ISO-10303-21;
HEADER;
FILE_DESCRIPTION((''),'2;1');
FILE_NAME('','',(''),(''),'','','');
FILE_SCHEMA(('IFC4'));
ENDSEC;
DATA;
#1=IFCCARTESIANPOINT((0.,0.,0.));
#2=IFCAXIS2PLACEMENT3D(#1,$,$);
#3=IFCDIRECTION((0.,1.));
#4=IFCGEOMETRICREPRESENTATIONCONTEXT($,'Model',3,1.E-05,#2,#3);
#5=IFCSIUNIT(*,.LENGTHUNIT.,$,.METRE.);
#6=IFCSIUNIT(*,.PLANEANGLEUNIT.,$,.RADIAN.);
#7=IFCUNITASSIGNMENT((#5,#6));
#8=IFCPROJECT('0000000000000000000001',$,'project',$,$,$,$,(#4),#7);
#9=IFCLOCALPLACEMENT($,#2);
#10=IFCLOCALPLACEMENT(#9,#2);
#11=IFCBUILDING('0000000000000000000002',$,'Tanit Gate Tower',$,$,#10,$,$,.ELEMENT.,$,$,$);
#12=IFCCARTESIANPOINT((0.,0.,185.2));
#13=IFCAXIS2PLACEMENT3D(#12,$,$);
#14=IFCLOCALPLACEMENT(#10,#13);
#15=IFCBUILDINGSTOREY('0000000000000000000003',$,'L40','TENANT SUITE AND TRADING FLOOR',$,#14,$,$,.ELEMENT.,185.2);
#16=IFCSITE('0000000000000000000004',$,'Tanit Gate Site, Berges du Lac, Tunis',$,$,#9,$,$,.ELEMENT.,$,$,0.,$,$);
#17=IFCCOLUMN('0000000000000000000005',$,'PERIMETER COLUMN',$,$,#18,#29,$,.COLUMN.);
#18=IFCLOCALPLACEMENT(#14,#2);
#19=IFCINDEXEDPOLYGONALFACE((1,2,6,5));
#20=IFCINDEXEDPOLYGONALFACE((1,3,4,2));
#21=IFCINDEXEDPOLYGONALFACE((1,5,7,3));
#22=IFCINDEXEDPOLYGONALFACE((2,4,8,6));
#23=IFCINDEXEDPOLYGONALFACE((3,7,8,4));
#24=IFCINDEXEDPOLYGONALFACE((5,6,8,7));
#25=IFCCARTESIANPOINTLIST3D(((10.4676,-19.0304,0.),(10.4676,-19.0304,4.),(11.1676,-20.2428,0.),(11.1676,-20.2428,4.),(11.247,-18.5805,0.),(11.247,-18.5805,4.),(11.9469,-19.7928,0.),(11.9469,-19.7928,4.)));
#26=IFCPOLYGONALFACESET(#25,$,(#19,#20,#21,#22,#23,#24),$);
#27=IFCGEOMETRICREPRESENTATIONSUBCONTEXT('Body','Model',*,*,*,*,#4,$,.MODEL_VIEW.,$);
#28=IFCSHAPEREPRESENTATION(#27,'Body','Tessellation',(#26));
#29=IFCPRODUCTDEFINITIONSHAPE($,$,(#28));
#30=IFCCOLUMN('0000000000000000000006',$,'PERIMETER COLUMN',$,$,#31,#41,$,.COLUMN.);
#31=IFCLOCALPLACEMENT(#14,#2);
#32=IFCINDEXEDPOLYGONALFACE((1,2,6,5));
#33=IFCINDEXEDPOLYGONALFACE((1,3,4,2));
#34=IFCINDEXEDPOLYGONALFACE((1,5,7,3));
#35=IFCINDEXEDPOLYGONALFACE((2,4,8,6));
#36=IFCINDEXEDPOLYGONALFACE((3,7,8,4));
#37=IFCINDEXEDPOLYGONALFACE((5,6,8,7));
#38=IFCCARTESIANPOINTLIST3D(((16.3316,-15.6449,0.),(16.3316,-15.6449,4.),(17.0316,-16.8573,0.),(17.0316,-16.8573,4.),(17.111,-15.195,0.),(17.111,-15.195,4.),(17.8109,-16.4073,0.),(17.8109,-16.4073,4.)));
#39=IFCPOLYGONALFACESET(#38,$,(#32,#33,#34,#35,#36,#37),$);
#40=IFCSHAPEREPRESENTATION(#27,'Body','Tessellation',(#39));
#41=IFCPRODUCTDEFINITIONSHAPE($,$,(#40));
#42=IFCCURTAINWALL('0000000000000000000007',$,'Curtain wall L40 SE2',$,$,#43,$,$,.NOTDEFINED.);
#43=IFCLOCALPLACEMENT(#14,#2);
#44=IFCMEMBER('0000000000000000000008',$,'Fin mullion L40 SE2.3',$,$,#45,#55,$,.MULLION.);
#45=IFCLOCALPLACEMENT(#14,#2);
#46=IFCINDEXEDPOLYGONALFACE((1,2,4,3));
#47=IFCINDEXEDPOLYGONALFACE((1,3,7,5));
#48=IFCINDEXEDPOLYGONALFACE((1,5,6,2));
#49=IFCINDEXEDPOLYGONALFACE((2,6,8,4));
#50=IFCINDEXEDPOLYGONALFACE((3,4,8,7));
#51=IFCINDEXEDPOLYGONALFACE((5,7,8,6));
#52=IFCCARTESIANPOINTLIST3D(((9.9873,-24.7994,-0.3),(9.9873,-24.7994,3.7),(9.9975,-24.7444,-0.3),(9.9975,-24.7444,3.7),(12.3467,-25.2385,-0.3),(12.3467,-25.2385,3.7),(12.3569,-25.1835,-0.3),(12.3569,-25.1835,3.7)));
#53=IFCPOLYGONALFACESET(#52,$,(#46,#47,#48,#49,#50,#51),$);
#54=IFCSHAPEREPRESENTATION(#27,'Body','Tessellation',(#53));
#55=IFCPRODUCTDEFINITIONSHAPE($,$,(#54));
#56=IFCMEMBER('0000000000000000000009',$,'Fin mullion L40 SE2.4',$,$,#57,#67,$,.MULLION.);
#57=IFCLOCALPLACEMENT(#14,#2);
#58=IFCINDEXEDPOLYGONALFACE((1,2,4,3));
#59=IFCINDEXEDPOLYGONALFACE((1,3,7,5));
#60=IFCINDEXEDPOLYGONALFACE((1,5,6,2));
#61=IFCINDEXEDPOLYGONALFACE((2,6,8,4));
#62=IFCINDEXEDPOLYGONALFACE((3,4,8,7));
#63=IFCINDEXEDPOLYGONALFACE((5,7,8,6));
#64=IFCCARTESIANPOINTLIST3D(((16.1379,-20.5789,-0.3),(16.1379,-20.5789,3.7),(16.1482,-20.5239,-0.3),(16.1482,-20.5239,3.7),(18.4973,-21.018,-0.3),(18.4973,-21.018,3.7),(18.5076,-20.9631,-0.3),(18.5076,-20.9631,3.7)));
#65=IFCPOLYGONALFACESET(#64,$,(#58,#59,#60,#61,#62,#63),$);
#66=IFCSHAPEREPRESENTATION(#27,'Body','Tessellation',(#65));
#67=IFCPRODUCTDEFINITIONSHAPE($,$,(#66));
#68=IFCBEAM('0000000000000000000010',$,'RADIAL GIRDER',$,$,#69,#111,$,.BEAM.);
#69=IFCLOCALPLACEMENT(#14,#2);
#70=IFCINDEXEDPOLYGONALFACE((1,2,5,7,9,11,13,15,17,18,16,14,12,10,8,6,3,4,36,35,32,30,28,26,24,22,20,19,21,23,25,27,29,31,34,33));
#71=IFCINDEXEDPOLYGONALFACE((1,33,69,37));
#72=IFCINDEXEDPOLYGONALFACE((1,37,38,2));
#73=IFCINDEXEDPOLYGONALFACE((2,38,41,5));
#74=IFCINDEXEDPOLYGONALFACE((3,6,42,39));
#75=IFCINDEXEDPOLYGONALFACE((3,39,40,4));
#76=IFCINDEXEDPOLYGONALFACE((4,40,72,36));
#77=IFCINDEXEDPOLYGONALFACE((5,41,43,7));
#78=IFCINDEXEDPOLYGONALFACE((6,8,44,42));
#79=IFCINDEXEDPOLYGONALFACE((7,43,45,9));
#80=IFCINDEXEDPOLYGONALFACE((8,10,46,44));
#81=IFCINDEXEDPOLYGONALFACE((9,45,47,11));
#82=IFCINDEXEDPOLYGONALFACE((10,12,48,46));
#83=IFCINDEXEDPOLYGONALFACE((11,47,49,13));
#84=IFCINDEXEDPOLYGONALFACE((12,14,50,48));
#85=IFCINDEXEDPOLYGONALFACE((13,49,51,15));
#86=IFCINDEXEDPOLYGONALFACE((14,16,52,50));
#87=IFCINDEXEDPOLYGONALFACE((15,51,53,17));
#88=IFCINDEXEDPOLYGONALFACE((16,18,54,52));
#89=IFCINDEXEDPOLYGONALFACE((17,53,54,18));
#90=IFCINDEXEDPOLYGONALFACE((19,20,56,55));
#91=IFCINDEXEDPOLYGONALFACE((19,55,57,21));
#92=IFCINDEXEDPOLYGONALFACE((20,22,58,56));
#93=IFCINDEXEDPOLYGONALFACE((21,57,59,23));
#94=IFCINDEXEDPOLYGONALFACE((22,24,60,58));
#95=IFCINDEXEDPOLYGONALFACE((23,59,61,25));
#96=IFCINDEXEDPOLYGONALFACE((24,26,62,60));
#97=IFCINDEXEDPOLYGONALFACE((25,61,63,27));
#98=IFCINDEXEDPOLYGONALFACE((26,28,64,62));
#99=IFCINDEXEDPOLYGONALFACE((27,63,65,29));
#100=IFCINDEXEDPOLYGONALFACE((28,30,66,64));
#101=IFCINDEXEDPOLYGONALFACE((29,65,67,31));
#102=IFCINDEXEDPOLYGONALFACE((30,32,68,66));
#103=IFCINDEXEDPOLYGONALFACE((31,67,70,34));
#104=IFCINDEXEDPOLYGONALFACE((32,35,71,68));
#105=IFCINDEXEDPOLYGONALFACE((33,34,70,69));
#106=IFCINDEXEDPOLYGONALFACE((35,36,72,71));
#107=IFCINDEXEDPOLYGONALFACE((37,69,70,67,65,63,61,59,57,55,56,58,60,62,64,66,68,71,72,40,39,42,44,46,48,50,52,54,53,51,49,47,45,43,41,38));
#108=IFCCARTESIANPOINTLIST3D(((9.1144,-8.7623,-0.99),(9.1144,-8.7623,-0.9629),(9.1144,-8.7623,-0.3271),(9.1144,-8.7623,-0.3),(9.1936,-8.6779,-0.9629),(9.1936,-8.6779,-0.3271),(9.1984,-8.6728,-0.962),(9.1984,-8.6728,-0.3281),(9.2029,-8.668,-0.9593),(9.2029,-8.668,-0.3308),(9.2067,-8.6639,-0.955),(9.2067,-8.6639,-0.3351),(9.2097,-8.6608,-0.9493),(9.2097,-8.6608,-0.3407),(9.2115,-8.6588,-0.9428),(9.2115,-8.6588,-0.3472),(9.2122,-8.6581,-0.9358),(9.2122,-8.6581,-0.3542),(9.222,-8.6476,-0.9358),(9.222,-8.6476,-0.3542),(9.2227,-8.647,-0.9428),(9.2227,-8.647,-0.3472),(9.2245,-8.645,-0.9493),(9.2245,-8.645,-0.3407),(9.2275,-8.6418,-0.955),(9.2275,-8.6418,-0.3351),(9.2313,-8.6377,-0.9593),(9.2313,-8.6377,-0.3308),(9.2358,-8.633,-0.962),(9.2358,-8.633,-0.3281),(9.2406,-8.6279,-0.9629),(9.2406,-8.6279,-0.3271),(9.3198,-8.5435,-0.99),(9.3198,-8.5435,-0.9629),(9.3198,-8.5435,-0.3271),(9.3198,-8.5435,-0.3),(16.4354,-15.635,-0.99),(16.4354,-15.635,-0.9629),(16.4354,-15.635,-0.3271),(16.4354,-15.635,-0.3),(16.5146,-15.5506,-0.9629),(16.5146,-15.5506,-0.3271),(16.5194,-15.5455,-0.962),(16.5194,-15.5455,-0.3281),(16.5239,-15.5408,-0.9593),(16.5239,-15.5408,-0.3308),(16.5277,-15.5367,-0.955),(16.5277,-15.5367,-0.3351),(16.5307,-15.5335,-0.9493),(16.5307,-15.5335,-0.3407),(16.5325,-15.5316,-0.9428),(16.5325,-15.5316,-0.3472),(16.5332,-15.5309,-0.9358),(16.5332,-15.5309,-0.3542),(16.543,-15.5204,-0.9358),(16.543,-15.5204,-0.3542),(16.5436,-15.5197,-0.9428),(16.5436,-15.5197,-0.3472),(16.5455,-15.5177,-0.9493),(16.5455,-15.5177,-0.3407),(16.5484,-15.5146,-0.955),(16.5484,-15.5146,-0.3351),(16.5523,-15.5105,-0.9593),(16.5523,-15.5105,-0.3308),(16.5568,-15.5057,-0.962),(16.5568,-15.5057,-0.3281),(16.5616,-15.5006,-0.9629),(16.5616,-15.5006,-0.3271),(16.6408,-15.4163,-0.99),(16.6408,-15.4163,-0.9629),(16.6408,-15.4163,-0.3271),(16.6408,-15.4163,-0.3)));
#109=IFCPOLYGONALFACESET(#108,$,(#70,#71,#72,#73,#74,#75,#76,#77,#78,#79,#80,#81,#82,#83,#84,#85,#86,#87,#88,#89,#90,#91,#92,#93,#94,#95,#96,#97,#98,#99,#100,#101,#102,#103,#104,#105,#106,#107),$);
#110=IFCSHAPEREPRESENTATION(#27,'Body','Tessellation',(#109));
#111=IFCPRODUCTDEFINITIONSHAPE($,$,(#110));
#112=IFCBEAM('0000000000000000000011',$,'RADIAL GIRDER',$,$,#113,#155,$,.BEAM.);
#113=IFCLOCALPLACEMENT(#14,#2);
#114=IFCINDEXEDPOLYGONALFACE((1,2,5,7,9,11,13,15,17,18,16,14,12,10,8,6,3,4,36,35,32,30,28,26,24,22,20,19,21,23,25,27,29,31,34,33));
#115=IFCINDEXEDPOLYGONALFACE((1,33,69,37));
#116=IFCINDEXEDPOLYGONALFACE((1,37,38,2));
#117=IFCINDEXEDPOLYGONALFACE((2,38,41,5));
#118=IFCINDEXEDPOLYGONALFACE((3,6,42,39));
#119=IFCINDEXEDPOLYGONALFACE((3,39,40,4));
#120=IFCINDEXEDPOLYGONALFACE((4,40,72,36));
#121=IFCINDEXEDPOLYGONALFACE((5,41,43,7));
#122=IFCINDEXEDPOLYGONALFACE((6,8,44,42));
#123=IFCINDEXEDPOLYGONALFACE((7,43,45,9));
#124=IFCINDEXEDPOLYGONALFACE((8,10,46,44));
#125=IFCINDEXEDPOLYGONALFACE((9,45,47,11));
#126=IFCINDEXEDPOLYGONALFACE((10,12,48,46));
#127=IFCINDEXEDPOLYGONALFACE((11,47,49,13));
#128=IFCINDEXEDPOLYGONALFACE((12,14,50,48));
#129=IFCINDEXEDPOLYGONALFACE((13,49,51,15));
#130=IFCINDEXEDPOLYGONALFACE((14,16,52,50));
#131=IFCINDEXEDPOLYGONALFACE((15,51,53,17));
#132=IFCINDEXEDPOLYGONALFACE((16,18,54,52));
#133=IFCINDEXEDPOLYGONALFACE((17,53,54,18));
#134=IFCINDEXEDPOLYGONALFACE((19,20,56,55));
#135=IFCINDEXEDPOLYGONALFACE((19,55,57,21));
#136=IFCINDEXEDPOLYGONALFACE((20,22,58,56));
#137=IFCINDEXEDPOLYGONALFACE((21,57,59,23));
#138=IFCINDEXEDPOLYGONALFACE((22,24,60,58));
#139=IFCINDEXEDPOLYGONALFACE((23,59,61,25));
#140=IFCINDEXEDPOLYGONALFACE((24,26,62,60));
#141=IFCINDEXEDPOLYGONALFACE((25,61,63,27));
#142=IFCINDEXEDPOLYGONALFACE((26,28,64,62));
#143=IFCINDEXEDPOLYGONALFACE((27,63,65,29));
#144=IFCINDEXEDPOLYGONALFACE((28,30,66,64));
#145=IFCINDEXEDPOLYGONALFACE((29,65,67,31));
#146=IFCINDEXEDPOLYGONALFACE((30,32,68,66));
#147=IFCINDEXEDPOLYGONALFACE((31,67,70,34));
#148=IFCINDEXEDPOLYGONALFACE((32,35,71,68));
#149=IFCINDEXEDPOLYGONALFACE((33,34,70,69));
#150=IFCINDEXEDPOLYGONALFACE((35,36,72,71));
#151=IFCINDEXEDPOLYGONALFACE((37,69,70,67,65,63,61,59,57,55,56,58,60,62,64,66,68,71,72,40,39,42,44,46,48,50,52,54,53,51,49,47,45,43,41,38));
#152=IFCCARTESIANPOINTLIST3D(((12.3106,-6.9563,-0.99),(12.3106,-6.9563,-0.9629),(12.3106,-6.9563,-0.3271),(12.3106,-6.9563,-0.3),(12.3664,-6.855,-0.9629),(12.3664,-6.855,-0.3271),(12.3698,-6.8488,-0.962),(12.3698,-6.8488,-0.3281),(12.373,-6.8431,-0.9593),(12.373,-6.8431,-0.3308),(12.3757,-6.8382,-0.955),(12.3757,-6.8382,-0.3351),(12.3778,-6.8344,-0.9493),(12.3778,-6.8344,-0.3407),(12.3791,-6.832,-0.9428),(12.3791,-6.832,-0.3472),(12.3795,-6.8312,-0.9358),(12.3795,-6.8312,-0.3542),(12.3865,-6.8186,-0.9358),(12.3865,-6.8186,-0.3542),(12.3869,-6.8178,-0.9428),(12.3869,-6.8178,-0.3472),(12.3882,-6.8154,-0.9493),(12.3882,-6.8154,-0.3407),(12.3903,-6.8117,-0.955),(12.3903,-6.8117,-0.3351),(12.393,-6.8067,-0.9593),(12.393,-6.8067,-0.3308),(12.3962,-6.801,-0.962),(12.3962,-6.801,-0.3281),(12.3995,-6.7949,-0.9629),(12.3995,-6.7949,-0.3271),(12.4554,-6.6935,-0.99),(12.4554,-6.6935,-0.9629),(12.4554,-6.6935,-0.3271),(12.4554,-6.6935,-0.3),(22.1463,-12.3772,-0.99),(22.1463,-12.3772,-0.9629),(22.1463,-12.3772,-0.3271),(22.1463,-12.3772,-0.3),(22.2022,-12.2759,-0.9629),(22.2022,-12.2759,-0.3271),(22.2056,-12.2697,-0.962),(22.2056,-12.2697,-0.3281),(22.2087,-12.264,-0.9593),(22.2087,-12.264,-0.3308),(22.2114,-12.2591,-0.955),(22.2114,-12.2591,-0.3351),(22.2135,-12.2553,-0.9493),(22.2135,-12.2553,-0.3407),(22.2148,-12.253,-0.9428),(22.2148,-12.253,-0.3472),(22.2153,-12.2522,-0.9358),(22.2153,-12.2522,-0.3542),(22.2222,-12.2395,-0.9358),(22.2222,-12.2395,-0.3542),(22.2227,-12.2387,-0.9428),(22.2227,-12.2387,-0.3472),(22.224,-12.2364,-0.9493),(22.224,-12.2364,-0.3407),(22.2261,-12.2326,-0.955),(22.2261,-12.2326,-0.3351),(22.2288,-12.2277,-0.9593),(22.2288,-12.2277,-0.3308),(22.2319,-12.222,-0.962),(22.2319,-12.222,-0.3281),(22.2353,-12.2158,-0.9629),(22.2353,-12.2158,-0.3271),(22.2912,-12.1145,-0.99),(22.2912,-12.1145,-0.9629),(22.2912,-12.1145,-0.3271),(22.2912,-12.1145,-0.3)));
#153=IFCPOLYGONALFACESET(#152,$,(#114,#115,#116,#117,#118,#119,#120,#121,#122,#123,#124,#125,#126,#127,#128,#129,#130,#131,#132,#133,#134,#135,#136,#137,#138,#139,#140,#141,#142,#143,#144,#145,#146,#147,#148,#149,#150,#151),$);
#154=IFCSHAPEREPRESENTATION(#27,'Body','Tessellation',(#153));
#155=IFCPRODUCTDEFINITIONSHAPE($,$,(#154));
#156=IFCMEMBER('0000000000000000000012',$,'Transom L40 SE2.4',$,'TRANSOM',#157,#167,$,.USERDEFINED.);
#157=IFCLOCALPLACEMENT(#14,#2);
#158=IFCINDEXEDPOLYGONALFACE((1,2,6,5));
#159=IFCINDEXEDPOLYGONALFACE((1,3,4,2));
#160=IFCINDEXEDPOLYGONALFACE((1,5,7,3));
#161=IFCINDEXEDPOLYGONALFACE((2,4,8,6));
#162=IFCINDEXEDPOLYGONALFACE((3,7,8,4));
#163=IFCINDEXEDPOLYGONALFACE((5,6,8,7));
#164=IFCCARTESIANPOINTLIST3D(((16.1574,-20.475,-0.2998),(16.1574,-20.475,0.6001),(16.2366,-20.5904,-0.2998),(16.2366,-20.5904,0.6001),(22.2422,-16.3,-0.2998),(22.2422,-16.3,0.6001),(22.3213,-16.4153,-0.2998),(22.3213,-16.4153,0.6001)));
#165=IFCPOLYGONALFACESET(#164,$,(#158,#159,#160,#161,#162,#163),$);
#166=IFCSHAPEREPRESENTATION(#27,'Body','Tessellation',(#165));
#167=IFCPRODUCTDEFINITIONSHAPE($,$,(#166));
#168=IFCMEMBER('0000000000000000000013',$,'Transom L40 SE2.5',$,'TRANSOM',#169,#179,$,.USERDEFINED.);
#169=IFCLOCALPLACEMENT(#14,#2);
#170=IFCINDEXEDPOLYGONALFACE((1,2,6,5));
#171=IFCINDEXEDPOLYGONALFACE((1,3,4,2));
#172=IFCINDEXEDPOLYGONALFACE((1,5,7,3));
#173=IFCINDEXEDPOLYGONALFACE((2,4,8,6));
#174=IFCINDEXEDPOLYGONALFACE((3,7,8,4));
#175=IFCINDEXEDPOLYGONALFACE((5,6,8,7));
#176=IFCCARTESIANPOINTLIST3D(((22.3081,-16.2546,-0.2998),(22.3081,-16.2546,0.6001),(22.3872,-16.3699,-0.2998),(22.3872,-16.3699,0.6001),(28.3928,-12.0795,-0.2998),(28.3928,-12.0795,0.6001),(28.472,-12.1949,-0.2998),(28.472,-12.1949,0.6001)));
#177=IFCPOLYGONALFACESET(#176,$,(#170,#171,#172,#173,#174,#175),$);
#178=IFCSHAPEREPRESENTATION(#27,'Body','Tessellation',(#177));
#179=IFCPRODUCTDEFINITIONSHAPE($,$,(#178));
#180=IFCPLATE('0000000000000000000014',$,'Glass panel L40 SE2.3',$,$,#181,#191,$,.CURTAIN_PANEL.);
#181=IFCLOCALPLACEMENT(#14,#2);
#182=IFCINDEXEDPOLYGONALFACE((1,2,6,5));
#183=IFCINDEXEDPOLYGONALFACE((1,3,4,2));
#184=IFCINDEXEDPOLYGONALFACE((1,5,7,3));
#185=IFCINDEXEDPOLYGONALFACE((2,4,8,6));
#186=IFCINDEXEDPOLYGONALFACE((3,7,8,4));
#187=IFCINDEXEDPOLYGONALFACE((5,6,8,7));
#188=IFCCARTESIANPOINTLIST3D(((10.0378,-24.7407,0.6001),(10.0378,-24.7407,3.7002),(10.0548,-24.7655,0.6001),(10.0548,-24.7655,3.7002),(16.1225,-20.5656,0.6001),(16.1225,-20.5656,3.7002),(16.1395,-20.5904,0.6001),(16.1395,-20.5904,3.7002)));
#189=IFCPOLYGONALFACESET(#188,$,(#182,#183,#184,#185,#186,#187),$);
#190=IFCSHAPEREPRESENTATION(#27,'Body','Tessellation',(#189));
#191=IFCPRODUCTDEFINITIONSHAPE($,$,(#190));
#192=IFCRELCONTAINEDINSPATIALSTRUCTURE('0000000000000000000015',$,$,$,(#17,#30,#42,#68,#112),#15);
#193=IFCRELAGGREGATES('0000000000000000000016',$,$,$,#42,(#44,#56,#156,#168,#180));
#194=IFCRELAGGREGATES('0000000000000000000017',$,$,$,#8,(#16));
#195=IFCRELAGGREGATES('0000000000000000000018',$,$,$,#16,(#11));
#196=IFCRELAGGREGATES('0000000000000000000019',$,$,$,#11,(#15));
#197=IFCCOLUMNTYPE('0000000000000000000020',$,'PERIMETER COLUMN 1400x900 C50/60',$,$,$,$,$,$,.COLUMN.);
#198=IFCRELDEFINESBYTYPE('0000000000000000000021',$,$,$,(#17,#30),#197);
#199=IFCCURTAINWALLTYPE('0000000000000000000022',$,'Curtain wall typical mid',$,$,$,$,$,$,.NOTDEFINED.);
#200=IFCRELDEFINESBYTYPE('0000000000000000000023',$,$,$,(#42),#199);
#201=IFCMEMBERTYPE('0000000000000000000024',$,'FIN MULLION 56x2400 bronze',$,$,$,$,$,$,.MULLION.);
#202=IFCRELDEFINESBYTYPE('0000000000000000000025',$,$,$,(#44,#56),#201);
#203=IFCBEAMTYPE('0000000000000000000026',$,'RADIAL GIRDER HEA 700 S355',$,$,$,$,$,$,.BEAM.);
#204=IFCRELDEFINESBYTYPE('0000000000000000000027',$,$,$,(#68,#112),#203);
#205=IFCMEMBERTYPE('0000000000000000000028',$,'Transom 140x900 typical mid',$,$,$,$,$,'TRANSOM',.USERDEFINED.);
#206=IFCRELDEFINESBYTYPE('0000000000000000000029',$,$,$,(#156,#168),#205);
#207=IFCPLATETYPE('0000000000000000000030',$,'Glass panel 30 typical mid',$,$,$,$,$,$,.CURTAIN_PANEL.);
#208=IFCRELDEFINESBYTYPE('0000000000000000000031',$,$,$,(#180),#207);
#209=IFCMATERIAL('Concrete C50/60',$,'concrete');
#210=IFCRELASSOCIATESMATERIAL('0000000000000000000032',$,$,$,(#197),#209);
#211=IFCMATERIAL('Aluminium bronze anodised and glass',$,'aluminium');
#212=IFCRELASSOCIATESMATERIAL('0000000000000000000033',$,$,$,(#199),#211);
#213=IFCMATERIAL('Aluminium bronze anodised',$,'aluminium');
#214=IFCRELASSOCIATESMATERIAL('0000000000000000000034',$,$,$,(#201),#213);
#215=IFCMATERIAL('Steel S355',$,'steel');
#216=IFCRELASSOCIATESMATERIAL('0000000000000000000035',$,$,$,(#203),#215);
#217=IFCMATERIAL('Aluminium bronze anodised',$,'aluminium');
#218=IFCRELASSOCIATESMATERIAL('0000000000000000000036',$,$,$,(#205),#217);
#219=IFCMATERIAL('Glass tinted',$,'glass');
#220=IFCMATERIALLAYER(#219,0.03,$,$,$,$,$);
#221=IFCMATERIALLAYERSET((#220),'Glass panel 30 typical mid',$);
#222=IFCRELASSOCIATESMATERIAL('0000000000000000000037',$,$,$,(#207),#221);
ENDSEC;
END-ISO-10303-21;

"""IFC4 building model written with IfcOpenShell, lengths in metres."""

from ifc_helpers import new_model, si_unit, direction, frame, origin, origin_2d, place, context, subcontext, project, spatial, rectangle, i_section, extrude, material, layer, layer_set, material_profile, profile_set, type_object, element, aggregate, save


model = new_model("IFC4")

# Units and contexts
model_context = context("Model", 3, precision=1e-05, world=origin(), true_north=direction((0.0, 1.0)))
body_context = subcontext(model_context, "Body", "Model", "MODEL_VIEW")
ifc_project = project(units=[si_unit("LENGTHUNIT", "METRE"), si_unit("PLANEANGLEUNIT", "RADIAN")], contexts=[model_context])

# Site, building, storey
site_placement = place(None, origin())
site = spatial("IfcSite", under=ifc_project, at=site_placement, Name="Tanit Gate Site, Berges du Lac, Tunis", CompositionType="ELEMENT", RefElevation=0.0)
building_placement = place(site_placement, origin())
building = spatial("IfcBuilding", under=site, at=building_placement, Name="Tanit Gate Tower", CompositionType="ELEMENT")
storey_placement = place(building_placement, frame((0.0, 0.0, 185.2)))
storey = spatial("IfcBuildingStorey", under=building, at=storey_placement, Name="L40", Description="TENANT SUITE AND TRADING FLOOR", CompositionType="ELEMENT", Elevation=185.2)

# Columns
ifc_material_1 = material(Name="Concrete C50/60", Category="concrete")
ifc_material_profile_1 = material_profile(ifc_material_1, rectangle(XDim=1.3999, YDim=0.8999, at=origin_2d()), Name="RC 1400x900")
ifc_profile_set_1 = profile_set([ifc_material_profile_1], Name="Concrete C50/60")
column_type = type_object("IfcColumnType", Name="PERIMETER COLUMN 1400x900 C50/60", PredefinedType="COLUMN", material=ifc_profile_set_1)
for number, where, z_axis, x_axis, name in (
    (1, (11.2073, -19.4116, 0.0), (0.0, 0.0, 1.0), (0.5, -0.866025, 0.0), "PERIMETER COLUMN"),
    (2, (17.0713, -16.0261, 0.0), (0.0, 0.0, 1.0), (0.5, -0.866025, 0.0), "PERIMETER COLUMN"),
):
    element("IfcColumn", number, at=place(storey_placement, frame(where, z_axis=z_axis, x_axis=x_axis)), inside=storey, type_object=column_type, Name=name, PredefinedType="COLUMN", context=body_context, shape_type="SweptSolid", body=[
        extrude(rectangle(XDim=1.3999, YDim=0.8999, at=origin_2d()), origin(), (0.0, 0.0, 1.0), 4.0),
    ])

# Curtain wall, members
ifc_material_2 = material(Name="Aluminium bronze anodised and glass", Category="aluminium")
curtain_wall_type = type_object("IfcCurtainWallType", Name="Curtain wall typical mid", PredefinedType="NOTDEFINED", material=ifc_material_2)
curtain_wall_placement = place(storey_placement, origin())
curtain_wall = element("IfcCurtainWall", 3, at=curtain_wall_placement, inside=storey, type_object=curtain_wall_type, Name="Curtain wall L40 SE2", PredefinedType="NOTDEFINED")
ifc_material_3 = material(Name="Aluminium bronze anodised", Category="aluminium")
ifc_material_profile_2 = material_profile(ifc_material_3, rectangle(XDim=2.3999, YDim=0.0559, at=origin_2d()), Name="56x2400 bronze fin mullion")
ifc_profile_set_2 = profile_set([ifc_material_profile_2], Name="Aluminium bronze anodised")
member_type_1 = type_object("IfcMemberType", Name="FIN MULLION 56x2400 bronze", PredefinedType="MULLION", material=ifc_profile_set_2)
member_1_placement = place(storey_placement, frame((11.1721, -24.9915, -0.3), z_axis=(0.0, 0.0, 1.0), x_axis=(-0.983116, 0.182983, 0.0)))
member_1 = element("IfcMember", 4, at=member_1_placement, type_object=member_type_1, Name="Fin mullion L40 SE2.3", PredefinedType="MULLION", context=body_context, shape_type="SweptSolid", body=[
    extrude(rectangle(XDim=2.3999, YDim=0.0559, at=origin_2d()), origin(), (0.0, 0.0, 1.0), 4.0),
])
member_2_placement = place(storey_placement, frame((17.3228, -20.771, -0.3), z_axis=(0.0, 0.0, 1.0), x_axis=(-0.983116, 0.182983, 0.0)))
member_2 = element("IfcMember", 5, at=member_2_placement, type_object=member_type_1, Name="Fin mullion L40 SE2.4", PredefinedType="MULLION", context=body_context, shape_type="SweptSolid", body=[
    extrude(rectangle(XDim=2.3999, YDim=0.0559, at=origin_2d()), origin(), (0.0, 0.0, 1.0), 4.0),
])

# Beams
ifc_material_4 = material(Name="Steel S355", Category="steel")
ifc_material_profile_3 = material_profile(ifc_material_4, i_section(OverallWidth=0.3, OverallDepth=0.6899, WebThickness=0.0144, FlangeThickness=0.0271, FilletRadius=0.0271, at=origin_2d()), Name="HEA 700")
ifc_profile_set_3 = profile_set([ifc_material_profile_3], Name="Steel S355")
beam_type = type_object("IfcBeamType", Name="RADIAL GIRDER HEA 700 S355", PredefinedType="BEAM", material=ifc_profile_set_3)
beam_1_placement = place(storey_placement, frame((16.5381, -15.5256, -0.645), z_axis=(-0.729074, 0.684435, 0.0), x_axis=(-0.684435, -0.729074, 0.0)))
element("IfcBeam", 6, at=beam_1_placement, inside=storey, type_object=beam_type, Name="RADIAL GIRDER", PredefinedType="BEAM", context=body_context, shape_type="SweptSolid", body=[
    extrude(i_section(OverallWidth=0.3, OverallDepth=0.6899, WebThickness=0.0144, FlangeThickness=0.0271, FilletRadius=0.0271, at=origin_2d()), origin(), (0.0, 0.0, 1.0), 10.0415),
])
beam_2_placement = place(storey_placement, frame((22.2188, -12.2458, -0.645), z_axis=(-0.875792, 0.482689, 0.0), x_axis=(-0.482689, -0.875792, 0.0)))
element("IfcBeam", 7, at=beam_2_placement, inside=storey, type_object=beam_type, Name="RADIAL GIRDER", PredefinedType="BEAM", context=body_context, shape_type="SweptSolid", body=[
    extrude(i_section(OverallWidth=0.3, OverallDepth=0.6899, WebThickness=0.0144, FlangeThickness=0.0271, FilletRadius=0.0271, at=origin_2d()), origin(), (0.0, 0.0, 1.0), 11.2307),
])

# Members
ifc_material_5 = material(Name="Aluminium bronze anodised", Category="aluminium")
ifc_material_profile_4 = material_profile(ifc_material_5, rectangle(XDim=0.1399, YDim=0.8999, at=origin_2d()), Name="140x900 bronze transom")
ifc_profile_set_4 = profile_set([ifc_material_profile_4], Name="Aluminium bronze anodised")
member_type_2 = type_object("IfcMemberType", Name="Transom 140x900 typical mid", ElementType="TRANSOM", PredefinedType="USERDEFINED", material=ifc_profile_set_4)
member_3_placement = place(storey_placement, frame((16.197, -20.5327, 0.1501), z_axis=(0.82456, 0.565775, 0.0), x_axis=(-0.565775, 0.82456, 0.0)))
member_3 = element("IfcMember", 8, at=member_3_placement, type_object=member_type_2, Name="Transom L40 SE2.4", ObjectType="TRANSOM", PredefinedType="USERDEFINED", context=body_context, shape_type="SweptSolid", body=[
    extrude(rectangle(XDim=0.1399, YDim=0.8999, at=origin_2d()), origin(), (0.0, 0.0, 1.0), 7.3794),
])
member_4_placement = place(storey_placement, frame((22.3477, -16.3123, 0.1501), z_axis=(0.82456, 0.565775, 0.0), x_axis=(-0.565775, 0.82456, 0.0)))
member_4 = element("IfcMember", 9, at=member_4_placement, type_object=member_type_2, Name="Transom L40 SE2.5", ObjectType="TRANSOM", PredefinedType="USERDEFINED", context=body_context, shape_type="SweptSolid", body=[
    extrude(rectangle(XDim=0.1399, YDim=0.8999, at=origin_2d()), origin(), (0.0, 0.0, 1.0), 7.3794),
])

# Plate
ifc_material_6 = material(Name="Glass tinted", Category="glass")
ifc_layer_1 = layer(ifc_material_6, 0.03)
ifc_layer_set_1 = layer_set([ifc_layer_1], Name="Glass panel 30 typical mid")
plate_type = type_object("IfcPlateType", Name="Glass panel 30 typical mid", PredefinedType="CURTAIN_PANEL", material=ifc_layer_set_1)
plate_1_placement = place(storey_placement, frame((13.0886, -22.6655, 0.6001), z_axis=(0.0, 0.0, 1.0), x_axis=(0.824557, 0.56578, 0.0)))
plate_1 = element("IfcPlate", 10, at=plate_1_placement, type_object=plate_type, Name="Glass panel L40 SE2.3", PredefinedType="CURTAIN_PANEL", context=body_context, shape_type="SweptSolid", body=[
    extrude(rectangle(XDim=7.3794, YDim=0.03, at=origin_2d()), origin(), (0.0, 0.0, 1.0), 3.1001),
])
aggregate(curtain_wall, [member_1, member_2, member_3, member_4, plate_1])

save(model, "model.ifc")
